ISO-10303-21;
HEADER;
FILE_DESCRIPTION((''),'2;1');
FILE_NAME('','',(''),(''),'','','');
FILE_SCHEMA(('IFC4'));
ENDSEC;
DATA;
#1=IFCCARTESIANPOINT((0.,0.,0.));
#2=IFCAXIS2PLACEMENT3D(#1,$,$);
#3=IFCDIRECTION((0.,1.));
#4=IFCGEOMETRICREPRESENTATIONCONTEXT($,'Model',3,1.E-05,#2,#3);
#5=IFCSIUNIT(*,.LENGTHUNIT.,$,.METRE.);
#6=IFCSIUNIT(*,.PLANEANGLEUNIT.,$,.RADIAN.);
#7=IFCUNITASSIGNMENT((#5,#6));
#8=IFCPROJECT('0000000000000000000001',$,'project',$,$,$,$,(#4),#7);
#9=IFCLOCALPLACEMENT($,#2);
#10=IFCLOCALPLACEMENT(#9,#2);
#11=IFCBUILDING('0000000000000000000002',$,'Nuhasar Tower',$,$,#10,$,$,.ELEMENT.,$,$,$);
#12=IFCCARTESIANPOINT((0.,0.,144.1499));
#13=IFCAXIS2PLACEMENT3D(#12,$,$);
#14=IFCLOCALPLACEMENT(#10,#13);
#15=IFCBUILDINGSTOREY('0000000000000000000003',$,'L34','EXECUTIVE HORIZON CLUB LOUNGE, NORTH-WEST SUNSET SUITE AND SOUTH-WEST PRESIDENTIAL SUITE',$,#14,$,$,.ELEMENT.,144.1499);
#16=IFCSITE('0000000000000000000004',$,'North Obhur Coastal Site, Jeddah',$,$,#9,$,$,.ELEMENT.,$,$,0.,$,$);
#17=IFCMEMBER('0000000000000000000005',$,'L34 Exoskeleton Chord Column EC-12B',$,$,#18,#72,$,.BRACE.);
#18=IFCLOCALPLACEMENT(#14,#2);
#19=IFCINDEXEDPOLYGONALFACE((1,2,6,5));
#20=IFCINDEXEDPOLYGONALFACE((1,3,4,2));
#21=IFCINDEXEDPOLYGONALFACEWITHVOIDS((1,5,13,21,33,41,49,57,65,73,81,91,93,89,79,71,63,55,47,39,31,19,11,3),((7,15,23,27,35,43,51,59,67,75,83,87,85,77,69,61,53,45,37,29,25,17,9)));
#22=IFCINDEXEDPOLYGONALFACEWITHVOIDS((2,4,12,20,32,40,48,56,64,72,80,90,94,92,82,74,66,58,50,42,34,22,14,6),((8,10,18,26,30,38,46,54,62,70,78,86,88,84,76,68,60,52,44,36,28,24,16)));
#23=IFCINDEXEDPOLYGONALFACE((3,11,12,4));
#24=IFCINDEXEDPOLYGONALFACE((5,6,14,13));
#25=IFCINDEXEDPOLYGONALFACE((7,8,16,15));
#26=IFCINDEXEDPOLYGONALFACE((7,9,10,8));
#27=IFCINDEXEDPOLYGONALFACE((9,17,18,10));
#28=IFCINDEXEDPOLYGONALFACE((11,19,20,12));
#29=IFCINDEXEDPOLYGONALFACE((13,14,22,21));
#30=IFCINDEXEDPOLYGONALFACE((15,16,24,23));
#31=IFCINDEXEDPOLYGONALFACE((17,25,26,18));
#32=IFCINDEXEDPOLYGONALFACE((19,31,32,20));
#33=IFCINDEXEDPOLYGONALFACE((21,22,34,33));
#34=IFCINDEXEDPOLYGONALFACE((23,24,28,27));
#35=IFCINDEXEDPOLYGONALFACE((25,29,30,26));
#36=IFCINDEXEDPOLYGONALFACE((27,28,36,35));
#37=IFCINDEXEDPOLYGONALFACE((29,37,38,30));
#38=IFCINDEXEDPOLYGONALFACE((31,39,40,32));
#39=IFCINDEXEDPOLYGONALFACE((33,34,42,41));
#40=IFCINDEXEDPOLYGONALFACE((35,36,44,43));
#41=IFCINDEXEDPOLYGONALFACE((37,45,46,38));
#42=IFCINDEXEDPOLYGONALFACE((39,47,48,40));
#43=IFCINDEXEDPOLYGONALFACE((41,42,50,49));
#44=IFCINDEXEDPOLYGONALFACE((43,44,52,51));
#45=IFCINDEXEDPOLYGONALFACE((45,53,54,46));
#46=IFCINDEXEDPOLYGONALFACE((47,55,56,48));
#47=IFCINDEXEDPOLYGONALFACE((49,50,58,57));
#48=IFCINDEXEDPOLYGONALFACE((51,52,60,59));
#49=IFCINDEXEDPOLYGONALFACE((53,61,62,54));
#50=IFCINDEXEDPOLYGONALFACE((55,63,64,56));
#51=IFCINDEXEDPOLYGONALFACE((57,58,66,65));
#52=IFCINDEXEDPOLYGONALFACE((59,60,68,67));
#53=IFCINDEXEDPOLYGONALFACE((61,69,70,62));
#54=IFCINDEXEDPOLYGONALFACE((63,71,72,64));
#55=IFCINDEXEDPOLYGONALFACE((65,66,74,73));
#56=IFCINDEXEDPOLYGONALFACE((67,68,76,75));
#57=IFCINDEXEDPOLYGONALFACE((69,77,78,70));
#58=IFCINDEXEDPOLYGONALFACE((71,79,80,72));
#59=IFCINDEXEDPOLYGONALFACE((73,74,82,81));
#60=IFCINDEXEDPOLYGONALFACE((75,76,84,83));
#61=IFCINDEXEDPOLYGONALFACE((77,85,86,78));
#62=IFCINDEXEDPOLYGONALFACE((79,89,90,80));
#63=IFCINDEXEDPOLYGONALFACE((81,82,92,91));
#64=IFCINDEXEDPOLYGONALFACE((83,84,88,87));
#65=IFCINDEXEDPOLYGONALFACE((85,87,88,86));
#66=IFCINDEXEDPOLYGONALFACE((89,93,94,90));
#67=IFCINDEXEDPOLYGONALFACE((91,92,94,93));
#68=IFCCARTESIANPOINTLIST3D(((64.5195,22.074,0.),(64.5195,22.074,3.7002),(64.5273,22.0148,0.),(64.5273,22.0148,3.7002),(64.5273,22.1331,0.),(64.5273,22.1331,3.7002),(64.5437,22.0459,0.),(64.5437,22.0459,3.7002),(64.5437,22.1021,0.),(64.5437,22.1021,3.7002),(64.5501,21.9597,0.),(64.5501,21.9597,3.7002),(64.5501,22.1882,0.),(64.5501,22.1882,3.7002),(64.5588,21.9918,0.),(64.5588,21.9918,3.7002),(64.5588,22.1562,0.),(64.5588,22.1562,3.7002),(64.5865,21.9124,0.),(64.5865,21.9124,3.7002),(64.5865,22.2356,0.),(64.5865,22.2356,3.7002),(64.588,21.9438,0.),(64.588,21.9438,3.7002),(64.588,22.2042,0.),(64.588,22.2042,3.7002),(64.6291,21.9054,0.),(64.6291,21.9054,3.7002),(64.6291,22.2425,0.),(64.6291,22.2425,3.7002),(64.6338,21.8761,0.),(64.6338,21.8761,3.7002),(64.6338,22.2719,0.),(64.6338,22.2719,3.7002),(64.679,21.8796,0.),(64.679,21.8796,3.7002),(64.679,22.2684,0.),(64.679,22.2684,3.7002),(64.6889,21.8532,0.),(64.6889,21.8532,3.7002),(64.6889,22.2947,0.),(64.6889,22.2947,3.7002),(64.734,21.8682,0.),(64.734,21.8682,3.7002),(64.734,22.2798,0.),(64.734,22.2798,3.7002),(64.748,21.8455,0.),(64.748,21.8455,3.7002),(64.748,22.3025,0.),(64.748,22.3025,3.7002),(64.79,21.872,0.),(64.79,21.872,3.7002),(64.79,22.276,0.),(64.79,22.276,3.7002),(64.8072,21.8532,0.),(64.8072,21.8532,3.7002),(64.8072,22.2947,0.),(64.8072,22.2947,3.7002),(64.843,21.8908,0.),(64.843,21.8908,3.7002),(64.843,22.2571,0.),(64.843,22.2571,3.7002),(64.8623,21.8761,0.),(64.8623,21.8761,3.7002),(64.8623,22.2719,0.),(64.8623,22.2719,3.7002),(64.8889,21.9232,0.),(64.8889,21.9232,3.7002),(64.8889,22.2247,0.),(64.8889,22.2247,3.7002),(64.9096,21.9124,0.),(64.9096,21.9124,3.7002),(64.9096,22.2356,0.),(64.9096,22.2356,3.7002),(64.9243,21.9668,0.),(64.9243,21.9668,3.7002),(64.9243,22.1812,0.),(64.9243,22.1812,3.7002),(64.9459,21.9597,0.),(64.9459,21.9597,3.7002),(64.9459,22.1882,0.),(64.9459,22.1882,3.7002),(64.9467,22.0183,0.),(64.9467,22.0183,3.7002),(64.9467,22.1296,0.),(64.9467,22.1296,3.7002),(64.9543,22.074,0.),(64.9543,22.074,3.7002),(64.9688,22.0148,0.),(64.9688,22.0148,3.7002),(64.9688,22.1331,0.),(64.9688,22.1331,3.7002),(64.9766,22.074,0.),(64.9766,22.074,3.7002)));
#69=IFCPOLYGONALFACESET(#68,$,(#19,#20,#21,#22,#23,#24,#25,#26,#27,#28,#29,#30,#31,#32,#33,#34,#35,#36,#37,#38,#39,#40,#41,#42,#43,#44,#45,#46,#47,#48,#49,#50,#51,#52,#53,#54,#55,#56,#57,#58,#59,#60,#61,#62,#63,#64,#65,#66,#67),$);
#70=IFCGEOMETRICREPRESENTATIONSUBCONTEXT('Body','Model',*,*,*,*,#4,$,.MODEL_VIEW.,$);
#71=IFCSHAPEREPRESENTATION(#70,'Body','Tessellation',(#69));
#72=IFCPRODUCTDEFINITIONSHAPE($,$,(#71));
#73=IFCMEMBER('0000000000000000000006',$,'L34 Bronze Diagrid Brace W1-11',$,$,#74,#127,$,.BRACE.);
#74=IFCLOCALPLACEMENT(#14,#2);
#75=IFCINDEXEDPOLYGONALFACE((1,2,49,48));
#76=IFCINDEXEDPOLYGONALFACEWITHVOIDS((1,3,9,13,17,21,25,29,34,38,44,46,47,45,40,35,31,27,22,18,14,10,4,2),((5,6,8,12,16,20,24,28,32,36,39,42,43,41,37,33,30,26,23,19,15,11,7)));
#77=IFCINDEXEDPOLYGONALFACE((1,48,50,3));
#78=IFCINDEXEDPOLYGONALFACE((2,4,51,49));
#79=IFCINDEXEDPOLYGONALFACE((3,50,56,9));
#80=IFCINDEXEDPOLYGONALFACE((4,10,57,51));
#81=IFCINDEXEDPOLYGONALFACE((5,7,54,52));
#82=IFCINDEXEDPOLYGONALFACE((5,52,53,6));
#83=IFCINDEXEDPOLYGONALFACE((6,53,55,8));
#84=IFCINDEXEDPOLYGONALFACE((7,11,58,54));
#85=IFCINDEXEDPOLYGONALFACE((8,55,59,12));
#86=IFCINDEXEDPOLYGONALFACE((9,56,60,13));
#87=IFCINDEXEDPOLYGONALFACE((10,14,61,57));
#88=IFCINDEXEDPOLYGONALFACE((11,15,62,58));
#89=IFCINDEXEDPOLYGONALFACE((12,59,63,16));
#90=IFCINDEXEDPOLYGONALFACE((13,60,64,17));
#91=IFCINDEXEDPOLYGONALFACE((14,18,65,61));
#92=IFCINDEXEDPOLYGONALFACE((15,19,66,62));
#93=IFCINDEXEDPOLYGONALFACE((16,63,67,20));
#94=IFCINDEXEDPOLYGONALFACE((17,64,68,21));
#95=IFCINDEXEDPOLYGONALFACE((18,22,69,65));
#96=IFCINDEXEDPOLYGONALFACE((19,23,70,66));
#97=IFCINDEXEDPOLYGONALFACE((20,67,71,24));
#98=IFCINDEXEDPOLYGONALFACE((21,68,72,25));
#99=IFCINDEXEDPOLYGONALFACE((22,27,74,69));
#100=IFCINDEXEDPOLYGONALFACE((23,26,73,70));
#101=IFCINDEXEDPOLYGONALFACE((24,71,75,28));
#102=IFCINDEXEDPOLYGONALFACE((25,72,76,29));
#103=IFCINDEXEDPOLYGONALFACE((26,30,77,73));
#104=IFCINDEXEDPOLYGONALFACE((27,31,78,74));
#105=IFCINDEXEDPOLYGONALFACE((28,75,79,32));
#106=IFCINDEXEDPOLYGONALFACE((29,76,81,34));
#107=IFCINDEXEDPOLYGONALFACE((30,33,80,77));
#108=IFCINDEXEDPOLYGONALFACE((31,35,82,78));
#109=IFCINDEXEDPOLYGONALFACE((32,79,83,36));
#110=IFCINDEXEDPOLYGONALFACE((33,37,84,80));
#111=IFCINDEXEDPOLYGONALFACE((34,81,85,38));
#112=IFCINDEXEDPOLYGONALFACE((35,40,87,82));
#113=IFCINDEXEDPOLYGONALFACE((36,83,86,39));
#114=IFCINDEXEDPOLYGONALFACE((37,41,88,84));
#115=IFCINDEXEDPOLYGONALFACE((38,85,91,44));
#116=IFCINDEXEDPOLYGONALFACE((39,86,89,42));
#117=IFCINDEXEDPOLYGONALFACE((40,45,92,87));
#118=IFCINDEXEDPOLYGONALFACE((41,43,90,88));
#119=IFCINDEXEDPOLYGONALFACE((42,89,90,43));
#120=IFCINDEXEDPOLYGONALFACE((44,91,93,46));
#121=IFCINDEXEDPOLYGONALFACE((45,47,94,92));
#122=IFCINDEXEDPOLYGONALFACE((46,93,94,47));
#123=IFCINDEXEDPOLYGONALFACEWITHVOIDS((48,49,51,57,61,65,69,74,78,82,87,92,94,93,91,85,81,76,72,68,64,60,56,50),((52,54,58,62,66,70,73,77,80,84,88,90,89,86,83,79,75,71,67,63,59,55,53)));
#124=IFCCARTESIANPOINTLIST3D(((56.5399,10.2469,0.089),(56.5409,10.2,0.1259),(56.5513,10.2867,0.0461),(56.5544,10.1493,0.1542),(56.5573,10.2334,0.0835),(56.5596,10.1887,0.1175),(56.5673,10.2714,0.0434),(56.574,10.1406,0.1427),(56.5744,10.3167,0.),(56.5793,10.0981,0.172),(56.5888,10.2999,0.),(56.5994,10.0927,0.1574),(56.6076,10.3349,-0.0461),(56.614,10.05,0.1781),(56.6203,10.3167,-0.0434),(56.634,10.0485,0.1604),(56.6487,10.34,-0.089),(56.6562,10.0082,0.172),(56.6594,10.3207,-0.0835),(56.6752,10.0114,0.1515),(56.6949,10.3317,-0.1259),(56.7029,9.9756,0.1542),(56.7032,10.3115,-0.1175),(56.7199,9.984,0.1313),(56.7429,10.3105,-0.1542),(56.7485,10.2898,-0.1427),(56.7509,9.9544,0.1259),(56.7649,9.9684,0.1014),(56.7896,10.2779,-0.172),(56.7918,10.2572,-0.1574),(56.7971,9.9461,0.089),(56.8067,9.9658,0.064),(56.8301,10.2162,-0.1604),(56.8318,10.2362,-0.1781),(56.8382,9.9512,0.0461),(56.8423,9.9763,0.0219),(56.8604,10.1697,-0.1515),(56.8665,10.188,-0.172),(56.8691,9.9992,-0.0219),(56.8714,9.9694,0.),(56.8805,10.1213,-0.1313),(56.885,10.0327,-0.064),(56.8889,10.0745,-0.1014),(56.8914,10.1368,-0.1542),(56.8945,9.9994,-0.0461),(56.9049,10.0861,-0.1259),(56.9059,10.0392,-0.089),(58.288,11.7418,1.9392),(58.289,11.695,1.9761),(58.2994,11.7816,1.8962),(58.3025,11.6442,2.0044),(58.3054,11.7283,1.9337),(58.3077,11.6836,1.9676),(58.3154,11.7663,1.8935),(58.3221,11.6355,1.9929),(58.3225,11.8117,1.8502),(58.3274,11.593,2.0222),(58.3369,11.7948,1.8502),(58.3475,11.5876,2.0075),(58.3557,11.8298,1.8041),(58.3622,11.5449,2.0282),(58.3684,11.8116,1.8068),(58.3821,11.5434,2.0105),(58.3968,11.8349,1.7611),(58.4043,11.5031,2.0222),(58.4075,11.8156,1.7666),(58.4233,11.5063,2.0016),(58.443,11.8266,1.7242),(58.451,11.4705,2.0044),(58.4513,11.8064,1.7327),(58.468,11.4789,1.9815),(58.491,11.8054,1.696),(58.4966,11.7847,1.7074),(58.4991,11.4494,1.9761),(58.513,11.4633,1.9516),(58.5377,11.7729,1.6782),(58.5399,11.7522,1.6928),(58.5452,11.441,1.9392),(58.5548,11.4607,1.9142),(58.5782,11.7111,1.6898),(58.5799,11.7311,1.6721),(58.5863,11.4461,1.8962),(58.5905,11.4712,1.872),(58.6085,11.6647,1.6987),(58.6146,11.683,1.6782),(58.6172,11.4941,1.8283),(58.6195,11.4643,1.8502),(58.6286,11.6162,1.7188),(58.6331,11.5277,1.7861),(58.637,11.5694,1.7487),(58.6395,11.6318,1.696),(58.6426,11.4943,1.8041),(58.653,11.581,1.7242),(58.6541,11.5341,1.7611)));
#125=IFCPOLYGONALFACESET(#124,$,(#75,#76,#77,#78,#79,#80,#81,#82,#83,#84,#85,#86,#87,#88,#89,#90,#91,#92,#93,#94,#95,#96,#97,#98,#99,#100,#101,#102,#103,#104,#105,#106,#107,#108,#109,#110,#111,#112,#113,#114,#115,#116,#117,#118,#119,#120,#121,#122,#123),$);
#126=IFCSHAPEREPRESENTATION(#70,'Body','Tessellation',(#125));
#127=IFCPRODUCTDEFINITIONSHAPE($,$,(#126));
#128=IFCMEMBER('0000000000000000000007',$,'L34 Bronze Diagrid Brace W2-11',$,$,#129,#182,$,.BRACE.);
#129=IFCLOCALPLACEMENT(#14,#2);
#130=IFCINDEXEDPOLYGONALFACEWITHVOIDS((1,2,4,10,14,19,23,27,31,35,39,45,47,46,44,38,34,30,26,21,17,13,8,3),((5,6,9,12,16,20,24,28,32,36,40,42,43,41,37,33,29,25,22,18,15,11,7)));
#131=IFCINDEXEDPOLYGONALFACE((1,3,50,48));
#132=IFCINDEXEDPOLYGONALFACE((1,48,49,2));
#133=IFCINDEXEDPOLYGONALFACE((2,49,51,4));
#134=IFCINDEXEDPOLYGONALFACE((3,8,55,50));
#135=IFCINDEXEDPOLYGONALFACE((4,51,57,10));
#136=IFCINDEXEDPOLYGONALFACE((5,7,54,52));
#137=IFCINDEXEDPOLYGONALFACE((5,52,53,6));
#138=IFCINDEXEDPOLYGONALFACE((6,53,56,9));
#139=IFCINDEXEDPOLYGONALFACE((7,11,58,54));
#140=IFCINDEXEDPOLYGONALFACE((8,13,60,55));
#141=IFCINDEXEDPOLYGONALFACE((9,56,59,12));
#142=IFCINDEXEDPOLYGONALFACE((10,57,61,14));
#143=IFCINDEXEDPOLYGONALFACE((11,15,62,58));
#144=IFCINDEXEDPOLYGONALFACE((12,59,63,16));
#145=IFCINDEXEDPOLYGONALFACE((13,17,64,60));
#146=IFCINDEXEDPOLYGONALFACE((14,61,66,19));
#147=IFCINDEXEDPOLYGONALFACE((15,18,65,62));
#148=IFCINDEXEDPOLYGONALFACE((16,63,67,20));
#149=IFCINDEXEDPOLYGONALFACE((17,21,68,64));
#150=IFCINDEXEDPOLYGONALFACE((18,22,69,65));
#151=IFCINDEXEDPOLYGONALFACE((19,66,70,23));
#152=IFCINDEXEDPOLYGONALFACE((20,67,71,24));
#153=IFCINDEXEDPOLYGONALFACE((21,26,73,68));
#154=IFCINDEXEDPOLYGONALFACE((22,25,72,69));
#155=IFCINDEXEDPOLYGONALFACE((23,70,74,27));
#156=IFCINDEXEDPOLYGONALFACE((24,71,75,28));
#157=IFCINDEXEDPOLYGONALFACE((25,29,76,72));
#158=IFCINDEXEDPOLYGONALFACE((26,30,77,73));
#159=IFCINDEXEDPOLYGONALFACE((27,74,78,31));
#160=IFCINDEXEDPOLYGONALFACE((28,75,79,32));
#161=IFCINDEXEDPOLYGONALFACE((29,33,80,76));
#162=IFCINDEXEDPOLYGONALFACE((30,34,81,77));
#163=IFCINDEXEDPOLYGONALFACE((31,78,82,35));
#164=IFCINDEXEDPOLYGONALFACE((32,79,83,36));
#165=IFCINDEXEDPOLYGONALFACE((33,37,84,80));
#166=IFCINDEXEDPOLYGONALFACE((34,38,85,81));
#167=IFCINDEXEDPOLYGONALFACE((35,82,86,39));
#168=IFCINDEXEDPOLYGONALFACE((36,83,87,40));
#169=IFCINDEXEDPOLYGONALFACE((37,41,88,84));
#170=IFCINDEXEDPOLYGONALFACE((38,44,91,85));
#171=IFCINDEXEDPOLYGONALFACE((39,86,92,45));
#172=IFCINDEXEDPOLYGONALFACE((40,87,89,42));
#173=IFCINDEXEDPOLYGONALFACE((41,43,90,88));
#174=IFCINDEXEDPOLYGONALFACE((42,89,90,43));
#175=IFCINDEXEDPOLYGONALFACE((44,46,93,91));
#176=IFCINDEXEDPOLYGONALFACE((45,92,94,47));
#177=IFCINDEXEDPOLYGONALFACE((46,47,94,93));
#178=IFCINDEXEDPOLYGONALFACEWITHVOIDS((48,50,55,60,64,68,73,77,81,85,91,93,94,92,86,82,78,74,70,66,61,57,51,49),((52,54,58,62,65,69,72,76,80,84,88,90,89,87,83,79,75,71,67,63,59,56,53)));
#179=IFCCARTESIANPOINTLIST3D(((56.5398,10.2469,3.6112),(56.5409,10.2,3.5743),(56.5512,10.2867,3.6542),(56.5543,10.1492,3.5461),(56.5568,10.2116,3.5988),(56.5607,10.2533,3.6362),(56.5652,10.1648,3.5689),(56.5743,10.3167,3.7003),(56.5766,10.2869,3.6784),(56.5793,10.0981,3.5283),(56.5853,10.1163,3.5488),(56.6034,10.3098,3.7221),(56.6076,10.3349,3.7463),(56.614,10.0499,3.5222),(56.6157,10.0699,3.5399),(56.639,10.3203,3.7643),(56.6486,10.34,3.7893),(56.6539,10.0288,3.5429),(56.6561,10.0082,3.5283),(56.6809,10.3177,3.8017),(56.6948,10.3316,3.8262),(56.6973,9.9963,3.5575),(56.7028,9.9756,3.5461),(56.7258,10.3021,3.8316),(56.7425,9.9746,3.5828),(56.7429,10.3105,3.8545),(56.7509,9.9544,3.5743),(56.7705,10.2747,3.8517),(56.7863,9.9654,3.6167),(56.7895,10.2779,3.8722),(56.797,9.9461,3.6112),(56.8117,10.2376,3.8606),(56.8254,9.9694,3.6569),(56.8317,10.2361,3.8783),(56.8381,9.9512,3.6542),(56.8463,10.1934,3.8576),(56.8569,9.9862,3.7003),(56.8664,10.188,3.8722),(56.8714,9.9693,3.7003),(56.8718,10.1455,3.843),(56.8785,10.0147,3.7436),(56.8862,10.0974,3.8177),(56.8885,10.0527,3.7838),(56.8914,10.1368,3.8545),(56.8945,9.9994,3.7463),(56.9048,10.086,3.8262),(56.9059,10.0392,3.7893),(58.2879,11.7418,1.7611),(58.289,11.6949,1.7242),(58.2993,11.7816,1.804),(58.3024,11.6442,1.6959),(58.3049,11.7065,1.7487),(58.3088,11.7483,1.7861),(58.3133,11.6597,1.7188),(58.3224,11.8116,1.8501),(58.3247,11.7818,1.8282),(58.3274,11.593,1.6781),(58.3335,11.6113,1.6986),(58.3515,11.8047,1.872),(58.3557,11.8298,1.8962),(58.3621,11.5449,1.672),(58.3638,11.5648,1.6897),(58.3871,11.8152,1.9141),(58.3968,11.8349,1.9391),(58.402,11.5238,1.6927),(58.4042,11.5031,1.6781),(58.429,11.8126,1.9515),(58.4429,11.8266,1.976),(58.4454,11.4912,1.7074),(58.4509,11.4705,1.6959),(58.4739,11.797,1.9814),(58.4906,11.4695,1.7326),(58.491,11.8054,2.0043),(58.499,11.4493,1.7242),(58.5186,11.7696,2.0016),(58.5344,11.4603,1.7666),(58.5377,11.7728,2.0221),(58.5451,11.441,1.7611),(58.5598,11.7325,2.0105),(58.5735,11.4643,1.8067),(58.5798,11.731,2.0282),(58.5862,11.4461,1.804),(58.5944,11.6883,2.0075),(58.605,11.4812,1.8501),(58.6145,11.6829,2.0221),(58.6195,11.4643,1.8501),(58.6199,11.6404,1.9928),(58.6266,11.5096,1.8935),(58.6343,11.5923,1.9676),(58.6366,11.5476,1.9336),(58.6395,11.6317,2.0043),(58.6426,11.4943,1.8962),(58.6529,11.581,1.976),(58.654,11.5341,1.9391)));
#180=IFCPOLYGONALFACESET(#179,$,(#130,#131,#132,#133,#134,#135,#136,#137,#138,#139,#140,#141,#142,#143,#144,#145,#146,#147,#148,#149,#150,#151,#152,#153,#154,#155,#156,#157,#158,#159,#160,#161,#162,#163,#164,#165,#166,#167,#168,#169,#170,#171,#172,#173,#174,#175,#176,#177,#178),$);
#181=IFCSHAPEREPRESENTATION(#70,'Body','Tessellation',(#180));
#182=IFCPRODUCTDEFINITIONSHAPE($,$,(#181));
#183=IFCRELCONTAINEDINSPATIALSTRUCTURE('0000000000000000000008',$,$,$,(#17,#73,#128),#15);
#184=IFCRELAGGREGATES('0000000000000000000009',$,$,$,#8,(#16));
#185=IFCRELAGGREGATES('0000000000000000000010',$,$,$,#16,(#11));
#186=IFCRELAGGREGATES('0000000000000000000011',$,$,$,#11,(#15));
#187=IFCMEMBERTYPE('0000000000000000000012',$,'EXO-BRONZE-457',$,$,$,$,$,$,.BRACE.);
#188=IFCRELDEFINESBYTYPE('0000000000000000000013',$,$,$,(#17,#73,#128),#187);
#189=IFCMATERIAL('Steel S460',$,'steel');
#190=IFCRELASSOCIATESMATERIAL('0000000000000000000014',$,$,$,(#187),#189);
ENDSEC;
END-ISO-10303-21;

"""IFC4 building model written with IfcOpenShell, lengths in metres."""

from ifc_helpers import new_model, si_unit, direction, frame, origin, origin_2d, place, context, subcontext, project, spatial, hollow_circle, extrude, material, material_profile, profile_set, type_object, element, save


model = new_model("IFC4")

# Units and contexts
model_context = context("Model", 3, precision=1e-05, world=origin(), true_north=direction((0.0, 1.0)))
body_context = subcontext(model_context, "Body", "Model", "MODEL_VIEW")
ifc_project = project(units=[si_unit("LENGTHUNIT", "METRE"), si_unit("PLANEANGLEUNIT", "RADIAN")], contexts=[model_context])

# Site, building, storey
site_placement = place(None, origin())
site = spatial("IfcSite", under=ifc_project, at=site_placement, Name="North Obhur Coastal Site, Jeddah", CompositionType="ELEMENT", RefElevation=0.0)
building_placement = place(site_placement, origin())
building = spatial("IfcBuilding", under=site, at=building_placement, Name="Nuhasar Tower", CompositionType="ELEMENT")
storey_placement = place(building_placement, frame((0.0, 0.0, 144.1499)))
storey = spatial("IfcBuildingStorey", under=building, at=storey_placement, Name="L34", Description="EXECUTIVE HORIZON CLUB LOUNGE, NORTH-WEST SUNSET SUITE AND SOUTH-WEST PRESIDENTIAL SUITE", CompositionType="ELEMENT", Elevation=144.1499)

# Members
ifc_material_1 = material(Name="Steel S460", Category="steel")
ifc_material_profile_1 = material_profile(ifc_material_1, hollow_circle(Radius=0.2285, WallThickness=0.0222, at=origin_2d()), Name="HSS457X22.2")
ifc_profile_set_1 = profile_set([ifc_material_profile_1], Name="Steel S460")
member_type_1 = type_object("IfcMemberType", Name="EXO-BRONZE-457", PredefinedType="BRACE", material=ifc_profile_set_1)
for number, where, z_axis, x_axis, name in (
    (1, (64.748, 22.074, 0.0), (0.0, 0.0, 1.0), (1.0, 0.0, 0.0), "L34 Exoskeleton Chord Column EC-12B"),
):
    element("IfcMember", number, at=place(storey_placement, frame(where, z_axis=z_axis, x_axis=x_axis)), inside=storey, type_object=member_type_1, Name=name, PredefinedType="BRACE", context=body_context, shape_type="SweptSolid", body=[
        extrude(hollow_circle(Radius=0.2285, WallThickness=0.0222, at=origin_2d()), origin(), (0.0, 0.0, 1.0), 3.7002),
    ])
for number, where, z_axis, x_axis, name in (
    (2, (56.7229, 10.1431, 0.0), (0.592195, 0.506426, 0.626767), (-0.649926, 0.759998, 0.0), "L34 Bronze Diagrid Brace W1-11"),
    (3, (58.4709, 11.6379, 1.8501), (-0.592195, -0.506426, 0.626767), (0.649926, -0.759998, 0.0), "L34 Bronze Diagrid Brace W2-11"),
):
    element("IfcMember", number, at=place(storey_placement, frame(where, z_axis=z_axis, x_axis=x_axis)), inside=storey, type_object=member_type_1, Name=name, PredefinedType="BRACE", context=body_context, shape_type="SweptSolid", body=[
        extrude(hollow_circle(Radius=0.2285, WallThickness=0.0222, at=origin_2d()), origin(), (0.0, 0.0, 1.0), 2.9519),
    ])

save(model, "model.ifc")
